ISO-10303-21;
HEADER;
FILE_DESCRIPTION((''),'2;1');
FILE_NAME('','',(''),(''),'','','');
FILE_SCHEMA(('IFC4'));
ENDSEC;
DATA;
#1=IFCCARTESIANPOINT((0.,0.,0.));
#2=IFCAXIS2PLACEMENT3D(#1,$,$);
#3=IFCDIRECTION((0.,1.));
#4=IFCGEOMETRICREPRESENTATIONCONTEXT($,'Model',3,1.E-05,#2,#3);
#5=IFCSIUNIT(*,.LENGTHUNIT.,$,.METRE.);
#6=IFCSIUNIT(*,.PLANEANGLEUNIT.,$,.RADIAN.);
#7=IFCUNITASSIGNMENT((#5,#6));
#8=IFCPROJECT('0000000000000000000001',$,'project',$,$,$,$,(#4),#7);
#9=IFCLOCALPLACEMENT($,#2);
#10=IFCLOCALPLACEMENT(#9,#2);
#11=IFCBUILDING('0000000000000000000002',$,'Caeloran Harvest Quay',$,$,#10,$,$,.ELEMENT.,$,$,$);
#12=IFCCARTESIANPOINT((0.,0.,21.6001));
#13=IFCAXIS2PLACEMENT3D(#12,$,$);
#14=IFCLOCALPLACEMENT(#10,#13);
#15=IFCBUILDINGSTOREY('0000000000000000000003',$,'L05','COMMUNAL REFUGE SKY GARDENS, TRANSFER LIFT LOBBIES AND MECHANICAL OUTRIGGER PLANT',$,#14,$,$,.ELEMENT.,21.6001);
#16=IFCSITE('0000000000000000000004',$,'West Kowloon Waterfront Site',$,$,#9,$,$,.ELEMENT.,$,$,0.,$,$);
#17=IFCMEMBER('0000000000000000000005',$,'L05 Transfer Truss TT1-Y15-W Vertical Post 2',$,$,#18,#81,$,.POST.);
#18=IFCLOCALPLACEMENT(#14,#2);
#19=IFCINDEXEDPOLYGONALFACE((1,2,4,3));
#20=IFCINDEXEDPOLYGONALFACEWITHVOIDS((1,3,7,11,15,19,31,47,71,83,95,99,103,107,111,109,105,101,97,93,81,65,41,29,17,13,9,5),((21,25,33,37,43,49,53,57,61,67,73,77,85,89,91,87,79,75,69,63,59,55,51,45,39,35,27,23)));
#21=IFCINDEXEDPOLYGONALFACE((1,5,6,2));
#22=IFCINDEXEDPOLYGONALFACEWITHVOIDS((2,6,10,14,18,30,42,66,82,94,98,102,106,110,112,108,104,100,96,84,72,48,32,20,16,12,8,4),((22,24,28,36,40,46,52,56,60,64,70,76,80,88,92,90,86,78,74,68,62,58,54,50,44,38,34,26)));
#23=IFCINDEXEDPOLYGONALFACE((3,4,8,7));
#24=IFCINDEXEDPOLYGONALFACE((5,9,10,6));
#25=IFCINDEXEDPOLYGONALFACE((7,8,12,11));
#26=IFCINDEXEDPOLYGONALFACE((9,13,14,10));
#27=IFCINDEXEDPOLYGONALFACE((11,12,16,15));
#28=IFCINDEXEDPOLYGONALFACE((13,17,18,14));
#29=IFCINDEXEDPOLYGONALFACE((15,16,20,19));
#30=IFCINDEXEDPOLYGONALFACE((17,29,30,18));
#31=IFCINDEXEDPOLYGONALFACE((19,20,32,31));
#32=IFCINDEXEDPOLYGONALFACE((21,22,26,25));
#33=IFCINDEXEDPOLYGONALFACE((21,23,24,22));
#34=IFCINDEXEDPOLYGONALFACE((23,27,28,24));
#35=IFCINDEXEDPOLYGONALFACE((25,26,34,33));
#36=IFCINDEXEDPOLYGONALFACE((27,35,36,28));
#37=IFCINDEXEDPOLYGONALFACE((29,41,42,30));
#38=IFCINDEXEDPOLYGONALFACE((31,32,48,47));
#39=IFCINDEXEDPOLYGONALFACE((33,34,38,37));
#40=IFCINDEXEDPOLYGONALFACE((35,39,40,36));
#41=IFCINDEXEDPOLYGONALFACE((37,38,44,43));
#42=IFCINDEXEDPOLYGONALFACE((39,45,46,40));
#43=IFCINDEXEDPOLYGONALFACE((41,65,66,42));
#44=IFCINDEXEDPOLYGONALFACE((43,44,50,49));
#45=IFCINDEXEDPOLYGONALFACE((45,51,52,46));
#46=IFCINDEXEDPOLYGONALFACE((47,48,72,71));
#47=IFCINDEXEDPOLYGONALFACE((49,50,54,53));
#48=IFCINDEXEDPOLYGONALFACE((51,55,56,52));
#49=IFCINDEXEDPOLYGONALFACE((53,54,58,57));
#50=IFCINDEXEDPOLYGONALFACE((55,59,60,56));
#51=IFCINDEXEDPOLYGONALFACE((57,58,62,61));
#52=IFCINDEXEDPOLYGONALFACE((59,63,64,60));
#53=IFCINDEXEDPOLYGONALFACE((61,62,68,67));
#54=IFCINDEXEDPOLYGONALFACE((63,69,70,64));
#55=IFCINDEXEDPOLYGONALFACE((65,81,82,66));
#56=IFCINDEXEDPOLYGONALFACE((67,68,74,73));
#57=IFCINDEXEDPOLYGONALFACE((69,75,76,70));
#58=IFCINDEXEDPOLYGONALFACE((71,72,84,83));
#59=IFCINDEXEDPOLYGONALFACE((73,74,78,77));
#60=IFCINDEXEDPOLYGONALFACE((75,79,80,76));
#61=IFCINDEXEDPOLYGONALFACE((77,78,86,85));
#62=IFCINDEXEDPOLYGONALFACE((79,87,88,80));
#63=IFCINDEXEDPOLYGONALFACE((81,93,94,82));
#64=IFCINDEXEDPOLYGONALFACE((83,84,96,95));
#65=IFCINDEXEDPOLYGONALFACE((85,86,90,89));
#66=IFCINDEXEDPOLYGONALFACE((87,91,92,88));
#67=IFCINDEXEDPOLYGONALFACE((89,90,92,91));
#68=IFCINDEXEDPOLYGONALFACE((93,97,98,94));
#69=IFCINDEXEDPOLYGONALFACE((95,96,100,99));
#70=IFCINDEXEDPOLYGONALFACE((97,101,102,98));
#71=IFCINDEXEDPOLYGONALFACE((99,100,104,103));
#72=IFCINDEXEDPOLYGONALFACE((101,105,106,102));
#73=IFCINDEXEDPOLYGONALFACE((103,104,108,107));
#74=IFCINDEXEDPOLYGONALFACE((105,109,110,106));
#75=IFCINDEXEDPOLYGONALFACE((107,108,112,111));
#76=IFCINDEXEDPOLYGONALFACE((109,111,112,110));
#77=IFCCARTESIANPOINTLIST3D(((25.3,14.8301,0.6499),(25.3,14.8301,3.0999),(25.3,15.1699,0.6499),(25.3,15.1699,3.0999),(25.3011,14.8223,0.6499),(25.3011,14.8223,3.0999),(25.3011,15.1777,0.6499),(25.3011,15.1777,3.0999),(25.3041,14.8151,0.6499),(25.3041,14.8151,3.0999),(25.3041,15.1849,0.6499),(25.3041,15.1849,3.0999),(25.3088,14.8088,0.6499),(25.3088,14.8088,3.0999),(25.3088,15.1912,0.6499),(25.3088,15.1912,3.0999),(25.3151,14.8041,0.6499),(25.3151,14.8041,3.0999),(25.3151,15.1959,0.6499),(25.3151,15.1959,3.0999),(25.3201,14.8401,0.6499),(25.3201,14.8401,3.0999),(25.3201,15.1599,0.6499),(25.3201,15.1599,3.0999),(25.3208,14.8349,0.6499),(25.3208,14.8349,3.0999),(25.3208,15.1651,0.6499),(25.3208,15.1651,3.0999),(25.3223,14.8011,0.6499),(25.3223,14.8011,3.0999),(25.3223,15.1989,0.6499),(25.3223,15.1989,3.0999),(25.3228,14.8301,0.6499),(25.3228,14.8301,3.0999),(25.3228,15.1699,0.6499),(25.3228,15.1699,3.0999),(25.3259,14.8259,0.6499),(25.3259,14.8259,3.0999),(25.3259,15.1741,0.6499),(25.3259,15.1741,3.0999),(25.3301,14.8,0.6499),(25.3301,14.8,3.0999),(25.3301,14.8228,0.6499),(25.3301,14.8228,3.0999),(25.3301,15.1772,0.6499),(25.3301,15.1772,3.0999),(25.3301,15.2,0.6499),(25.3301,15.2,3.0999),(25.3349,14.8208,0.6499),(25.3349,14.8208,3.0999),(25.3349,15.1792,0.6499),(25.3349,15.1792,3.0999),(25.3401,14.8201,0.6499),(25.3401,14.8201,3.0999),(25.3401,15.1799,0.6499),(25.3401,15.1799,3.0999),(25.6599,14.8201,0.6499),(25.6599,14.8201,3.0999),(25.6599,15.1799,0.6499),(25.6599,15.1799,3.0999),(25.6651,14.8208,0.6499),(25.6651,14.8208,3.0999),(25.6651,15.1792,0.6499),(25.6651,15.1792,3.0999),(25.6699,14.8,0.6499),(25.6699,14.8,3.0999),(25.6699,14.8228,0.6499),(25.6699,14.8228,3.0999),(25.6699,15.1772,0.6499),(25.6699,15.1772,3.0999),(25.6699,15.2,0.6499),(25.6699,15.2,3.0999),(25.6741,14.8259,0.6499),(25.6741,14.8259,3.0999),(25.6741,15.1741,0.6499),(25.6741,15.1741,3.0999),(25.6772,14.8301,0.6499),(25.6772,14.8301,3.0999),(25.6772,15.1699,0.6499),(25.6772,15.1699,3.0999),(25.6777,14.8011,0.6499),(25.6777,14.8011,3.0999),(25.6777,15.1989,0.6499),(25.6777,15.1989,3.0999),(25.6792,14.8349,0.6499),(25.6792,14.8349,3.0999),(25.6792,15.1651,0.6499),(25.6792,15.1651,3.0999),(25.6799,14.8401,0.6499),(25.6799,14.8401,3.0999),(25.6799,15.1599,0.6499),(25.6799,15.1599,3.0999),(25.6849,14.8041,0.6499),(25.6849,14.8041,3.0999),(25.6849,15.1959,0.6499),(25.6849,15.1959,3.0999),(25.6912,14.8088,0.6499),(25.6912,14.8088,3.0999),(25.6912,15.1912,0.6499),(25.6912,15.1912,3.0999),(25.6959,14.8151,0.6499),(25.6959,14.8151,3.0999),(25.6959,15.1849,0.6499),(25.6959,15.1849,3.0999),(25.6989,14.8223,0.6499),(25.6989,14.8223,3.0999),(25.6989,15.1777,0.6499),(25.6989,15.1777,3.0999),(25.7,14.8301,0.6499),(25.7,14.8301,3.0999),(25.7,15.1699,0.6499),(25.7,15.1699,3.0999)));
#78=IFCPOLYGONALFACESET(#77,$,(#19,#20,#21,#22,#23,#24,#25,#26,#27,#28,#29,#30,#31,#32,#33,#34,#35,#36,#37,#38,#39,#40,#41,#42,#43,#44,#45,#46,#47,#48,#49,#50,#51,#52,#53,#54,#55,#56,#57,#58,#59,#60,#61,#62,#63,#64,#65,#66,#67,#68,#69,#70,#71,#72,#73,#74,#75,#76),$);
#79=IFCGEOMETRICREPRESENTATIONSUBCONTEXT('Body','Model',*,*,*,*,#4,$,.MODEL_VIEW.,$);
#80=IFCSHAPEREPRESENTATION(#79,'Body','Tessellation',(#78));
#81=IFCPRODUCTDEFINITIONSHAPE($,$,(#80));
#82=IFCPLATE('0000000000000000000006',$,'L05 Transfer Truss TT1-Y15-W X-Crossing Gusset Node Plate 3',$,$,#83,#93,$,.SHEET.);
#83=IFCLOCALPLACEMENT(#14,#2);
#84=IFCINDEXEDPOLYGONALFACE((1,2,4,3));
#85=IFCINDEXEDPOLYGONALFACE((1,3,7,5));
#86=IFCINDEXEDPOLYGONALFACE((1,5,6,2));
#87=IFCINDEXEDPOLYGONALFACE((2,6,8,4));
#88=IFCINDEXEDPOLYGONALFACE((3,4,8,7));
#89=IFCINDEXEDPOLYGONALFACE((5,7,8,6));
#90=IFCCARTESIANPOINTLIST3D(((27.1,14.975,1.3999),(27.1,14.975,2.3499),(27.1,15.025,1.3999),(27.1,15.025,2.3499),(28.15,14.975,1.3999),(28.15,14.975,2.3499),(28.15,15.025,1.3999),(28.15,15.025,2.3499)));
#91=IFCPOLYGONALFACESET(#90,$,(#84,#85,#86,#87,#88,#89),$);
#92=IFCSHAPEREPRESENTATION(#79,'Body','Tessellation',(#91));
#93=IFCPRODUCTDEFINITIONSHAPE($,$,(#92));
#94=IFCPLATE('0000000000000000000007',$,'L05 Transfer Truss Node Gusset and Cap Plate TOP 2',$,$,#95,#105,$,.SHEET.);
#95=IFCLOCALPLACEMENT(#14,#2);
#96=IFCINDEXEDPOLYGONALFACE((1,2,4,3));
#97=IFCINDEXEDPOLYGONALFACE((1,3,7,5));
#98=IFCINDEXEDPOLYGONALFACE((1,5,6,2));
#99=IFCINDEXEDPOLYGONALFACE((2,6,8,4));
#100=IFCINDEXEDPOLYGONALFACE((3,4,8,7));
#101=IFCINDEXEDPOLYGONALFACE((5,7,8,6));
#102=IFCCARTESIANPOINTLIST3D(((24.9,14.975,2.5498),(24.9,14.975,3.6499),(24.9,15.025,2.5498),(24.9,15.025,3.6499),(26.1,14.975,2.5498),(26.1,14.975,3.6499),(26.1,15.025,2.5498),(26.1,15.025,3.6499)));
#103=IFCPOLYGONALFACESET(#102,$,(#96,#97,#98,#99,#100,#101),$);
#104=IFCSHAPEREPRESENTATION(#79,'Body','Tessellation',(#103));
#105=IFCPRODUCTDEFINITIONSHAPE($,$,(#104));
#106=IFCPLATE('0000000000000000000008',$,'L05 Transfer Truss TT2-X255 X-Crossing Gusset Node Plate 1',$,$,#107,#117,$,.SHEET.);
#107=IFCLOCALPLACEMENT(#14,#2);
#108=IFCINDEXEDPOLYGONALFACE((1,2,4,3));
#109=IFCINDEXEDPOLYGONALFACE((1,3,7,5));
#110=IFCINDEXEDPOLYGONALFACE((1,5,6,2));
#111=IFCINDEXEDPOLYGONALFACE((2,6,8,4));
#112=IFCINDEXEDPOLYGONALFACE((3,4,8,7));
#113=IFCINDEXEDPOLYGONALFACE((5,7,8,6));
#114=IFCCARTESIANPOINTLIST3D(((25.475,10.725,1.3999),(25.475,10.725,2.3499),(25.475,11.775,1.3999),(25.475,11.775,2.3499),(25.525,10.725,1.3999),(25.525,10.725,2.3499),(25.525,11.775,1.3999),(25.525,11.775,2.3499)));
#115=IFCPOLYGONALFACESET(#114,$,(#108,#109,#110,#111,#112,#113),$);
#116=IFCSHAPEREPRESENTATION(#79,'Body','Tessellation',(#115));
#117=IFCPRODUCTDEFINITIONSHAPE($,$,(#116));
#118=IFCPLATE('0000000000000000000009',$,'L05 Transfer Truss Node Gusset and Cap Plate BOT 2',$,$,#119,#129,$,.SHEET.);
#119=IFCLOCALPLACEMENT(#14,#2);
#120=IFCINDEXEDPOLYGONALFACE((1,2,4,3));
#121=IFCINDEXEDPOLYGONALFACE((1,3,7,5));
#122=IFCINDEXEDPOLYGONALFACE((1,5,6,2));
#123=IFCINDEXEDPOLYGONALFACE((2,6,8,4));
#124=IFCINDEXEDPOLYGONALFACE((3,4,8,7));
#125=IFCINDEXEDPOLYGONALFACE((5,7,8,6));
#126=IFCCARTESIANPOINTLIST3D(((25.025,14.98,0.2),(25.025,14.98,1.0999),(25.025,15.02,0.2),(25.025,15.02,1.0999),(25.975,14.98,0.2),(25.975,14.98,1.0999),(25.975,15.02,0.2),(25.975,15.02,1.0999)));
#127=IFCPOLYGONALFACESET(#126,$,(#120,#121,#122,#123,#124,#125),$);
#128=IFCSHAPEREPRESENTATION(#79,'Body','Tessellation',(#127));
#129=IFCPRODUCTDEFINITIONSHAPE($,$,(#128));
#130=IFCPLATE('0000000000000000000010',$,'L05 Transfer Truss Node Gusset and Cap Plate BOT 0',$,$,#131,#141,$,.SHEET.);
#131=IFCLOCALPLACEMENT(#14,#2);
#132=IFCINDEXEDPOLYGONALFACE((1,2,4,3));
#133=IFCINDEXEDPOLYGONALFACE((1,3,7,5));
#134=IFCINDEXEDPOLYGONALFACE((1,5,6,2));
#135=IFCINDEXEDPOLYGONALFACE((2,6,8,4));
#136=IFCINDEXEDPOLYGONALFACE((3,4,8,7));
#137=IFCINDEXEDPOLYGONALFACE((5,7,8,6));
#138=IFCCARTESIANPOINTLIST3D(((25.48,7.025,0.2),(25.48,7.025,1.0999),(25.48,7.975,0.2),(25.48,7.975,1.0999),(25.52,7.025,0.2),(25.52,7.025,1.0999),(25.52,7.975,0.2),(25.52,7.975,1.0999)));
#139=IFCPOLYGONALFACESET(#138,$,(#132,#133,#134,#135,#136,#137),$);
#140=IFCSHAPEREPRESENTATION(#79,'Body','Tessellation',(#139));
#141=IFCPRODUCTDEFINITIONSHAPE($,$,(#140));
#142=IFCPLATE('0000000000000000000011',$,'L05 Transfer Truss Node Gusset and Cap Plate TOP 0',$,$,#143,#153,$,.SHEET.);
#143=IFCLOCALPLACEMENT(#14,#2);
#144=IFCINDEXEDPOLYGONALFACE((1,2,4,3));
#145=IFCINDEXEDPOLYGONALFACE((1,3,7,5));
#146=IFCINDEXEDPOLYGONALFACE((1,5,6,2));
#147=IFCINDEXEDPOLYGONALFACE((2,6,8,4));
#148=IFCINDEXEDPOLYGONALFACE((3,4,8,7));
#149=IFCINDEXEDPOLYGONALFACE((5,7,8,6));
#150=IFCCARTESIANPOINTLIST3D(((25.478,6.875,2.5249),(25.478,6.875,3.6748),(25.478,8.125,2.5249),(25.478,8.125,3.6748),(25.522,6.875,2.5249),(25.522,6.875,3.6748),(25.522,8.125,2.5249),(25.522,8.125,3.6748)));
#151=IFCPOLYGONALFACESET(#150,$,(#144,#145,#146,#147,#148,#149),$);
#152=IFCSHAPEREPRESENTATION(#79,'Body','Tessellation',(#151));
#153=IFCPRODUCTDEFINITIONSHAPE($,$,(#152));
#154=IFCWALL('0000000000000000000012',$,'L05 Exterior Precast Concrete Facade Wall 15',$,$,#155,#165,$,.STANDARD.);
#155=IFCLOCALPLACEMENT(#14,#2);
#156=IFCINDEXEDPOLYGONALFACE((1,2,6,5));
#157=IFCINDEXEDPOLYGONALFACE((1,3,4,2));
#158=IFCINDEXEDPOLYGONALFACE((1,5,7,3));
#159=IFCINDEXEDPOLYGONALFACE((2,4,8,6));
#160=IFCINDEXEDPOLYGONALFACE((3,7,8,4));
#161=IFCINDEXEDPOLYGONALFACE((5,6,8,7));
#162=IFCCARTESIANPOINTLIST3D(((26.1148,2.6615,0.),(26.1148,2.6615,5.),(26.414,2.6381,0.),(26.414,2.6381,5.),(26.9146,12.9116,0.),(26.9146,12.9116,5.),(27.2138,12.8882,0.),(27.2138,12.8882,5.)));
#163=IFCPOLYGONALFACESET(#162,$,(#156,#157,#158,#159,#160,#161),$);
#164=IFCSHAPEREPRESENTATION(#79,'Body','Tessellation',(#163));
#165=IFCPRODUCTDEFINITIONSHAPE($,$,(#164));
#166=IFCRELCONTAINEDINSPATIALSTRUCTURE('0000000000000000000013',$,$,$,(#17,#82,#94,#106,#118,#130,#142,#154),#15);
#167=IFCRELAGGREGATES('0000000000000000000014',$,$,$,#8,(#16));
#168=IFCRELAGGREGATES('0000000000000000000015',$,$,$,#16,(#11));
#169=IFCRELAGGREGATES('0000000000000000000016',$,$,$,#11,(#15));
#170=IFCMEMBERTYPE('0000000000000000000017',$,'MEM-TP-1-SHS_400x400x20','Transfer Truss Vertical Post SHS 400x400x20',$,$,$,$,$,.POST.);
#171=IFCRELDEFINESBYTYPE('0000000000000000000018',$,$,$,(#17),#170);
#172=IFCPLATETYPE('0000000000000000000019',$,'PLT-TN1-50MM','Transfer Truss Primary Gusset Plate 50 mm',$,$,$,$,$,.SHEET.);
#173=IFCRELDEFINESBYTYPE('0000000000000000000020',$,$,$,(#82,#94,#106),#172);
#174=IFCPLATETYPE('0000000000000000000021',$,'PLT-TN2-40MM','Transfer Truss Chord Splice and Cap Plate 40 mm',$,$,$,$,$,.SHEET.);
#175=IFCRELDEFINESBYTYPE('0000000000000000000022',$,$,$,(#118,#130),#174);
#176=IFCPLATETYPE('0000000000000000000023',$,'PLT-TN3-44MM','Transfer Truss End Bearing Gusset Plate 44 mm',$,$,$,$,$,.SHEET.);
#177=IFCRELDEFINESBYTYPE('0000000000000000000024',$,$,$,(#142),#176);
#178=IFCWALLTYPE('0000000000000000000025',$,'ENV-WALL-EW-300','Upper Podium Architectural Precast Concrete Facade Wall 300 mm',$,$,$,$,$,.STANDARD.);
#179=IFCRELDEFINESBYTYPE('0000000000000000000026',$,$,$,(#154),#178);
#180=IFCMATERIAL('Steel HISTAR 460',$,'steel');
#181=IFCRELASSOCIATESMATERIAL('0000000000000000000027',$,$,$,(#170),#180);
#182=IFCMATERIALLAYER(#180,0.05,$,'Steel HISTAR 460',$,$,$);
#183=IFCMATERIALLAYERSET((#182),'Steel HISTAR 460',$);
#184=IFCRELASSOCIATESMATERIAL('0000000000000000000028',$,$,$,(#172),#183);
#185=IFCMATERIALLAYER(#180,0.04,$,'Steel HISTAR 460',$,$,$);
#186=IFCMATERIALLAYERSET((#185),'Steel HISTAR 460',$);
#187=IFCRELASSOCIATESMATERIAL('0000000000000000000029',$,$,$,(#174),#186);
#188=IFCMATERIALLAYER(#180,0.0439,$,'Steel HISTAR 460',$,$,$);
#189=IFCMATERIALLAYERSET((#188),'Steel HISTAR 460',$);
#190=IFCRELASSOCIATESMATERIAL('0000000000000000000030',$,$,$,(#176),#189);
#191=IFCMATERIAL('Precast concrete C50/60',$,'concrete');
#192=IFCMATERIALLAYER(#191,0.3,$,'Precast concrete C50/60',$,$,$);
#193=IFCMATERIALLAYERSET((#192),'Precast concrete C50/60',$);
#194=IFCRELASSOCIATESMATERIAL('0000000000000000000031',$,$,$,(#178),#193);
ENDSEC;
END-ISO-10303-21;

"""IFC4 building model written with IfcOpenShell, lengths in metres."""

from ifc_helpers import new_model, si_unit, direction, frame, frame_2d, origin, origin_2d, place, context, subcontext, project, spatial, rectangle, hollow_rectangle, extrude, material, layer, layer_set, material_profile, profile_set, type_object, element, save


model = new_model("IFC4")

# Units and contexts
model_context = context("Model", 3, precision=1e-05, world=origin(), true_north=direction((0.0, 1.0)))
body_context = subcontext(model_context, "Body", "Model", "MODEL_VIEW")
ifc_project = project(units=[si_unit("LENGTHUNIT", "METRE"), si_unit("PLANEANGLEUNIT", "RADIAN")], contexts=[model_context])

# Site, building, storey
site_placement = place(None, origin())
site = spatial("IfcSite", under=ifc_project, at=site_placement, Name="West Kowloon Waterfront Site", CompositionType="ELEMENT", RefElevation=0.0)
building_placement = place(site_placement, origin())
building = spatial("IfcBuilding", under=site, at=building_placement, Name="Caeloran Harvest Quay", CompositionType="ELEMENT")
storey_placement = place(building_placement, frame((0.0, 0.0, 21.6001)))
storey = spatial("IfcBuildingStorey", under=building, at=storey_placement, Name="L05", Description="COMMUNAL REFUGE SKY GARDENS, TRANSFER LIFT LOBBIES AND MECHANICAL OUTRIGGER PLANT", CompositionType="ELEMENT", Elevation=21.6001)

# Shared definitions
ifc_material_1 = material(Name="Steel HISTAR 460", Category="steel")

# Member
ifc_material_profile_1 = material_profile(ifc_material_1, hollow_rectangle(XDim=0.3999, YDim=0.3999, WallThickness=0.02, InnerFilletRadius=0.02, OuterFilletRadius=0.03, at=origin_2d()), Name="SHS 400x400x20")
ifc_profile_set_1 = profile_set([ifc_material_profile_1], Name="Steel HISTAR 460")
member_type_1 = type_object("IfcMemberType", Name="MEM-TP-1-SHS_400x400x20", Description="Transfer Truss Vertical Post SHS 400x400x20", PredefinedType="POST", material=ifc_profile_set_1)
member_1_placement = place(storey_placement, frame((25.5, 15.0, 0.6499), z_axis=(0.0, 0.0, 1.0), x_axis=(1.0, 0.0, 0.0)))
element("IfcMember", 1, at=member_1_placement, inside=storey, type_object=member_type_1, Name="L05 Transfer Truss TT1-Y15-W Vertical Post 2", PredefinedType="POST", context=body_context, shape_type="SweptSolid", body=[
    extrude(hollow_rectangle(XDim=0.3999, YDim=0.3999, WallThickness=0.02, InnerFilletRadius=0.02, OuterFilletRadius=0.03, at=origin_2d()), origin(), (0.0, 0.0, 1.0), 2.45),
])

# Plates
ifc_layer_1 = layer(ifc_material_1, 0.05, Name="Steel HISTAR 460")
ifc_layer_set_1 = layer_set([ifc_layer_1], Name="Steel HISTAR 460")
plate_type_1 = type_object("IfcPlateType", Name="PLT-TN1-50MM", Description="Transfer Truss Primary Gusset Plate 50 mm", PredefinedType="SHEET", material=ifc_layer_set_1)
plate_1_placement = place(storey_placement, frame((27.625, 15.0, 1.3999), z_axis=(0.0, 0.0, 1.0), x_axis=(1.0, 0.0, 0.0)))
element("IfcPlate", 2, at=plate_1_placement, inside=storey, type_object=plate_type_1, Name="L05 Transfer Truss TT1-Y15-W X-Crossing Gusset Node Plate 3", PredefinedType="SHEET", context=body_context, shape_type="SweptSolid", body=[
    extrude(rectangle(XDim=1.05, YDim=0.05, at=origin_2d()), origin(), (0.0, 0.0, 1.0), 0.95),
])
plate_2_placement = place(storey_placement, frame((25.5, 15.0, 2.5498), z_axis=(0.0, 0.0, 1.0), x_axis=(1.0, 0.0, 0.0)))
element("IfcPlate", 3, at=plate_2_placement, inside=storey, type_object=plate_type_1, Name="L05 Transfer Truss Node Gusset and Cap Plate TOP 2", PredefinedType="SHEET", context=body_context, shape_type="SweptSolid", body=[
    extrude(rectangle(XDim=1.2, YDim=0.05, at=origin_2d()), origin(), (0.0, 0.0, 1.0), 1.1001),
])
plate_3_placement = place(storey_placement, frame((25.5, 11.25, 1.3999), z_axis=(0.0, 0.0, 1.0), x_axis=(0.0, 1.0, 0.0)))
element("IfcPlate", 4, at=plate_3_placement, inside=storey, type_object=plate_type_1, Name="L05 Transfer Truss TT2-X255 X-Crossing Gusset Node Plate 1", PredefinedType="SHEET", context=body_context, shape_type="SweptSolid", body=[
    extrude(rectangle(XDim=1.05, YDim=0.05, at=origin_2d()), origin(), (0.0, 0.0, 1.0), 0.95),
])
ifc_layer_2 = layer(ifc_material_1, 0.04, Name="Steel HISTAR 460")
ifc_layer_set_2 = layer_set([ifc_layer_2], Name="Steel HISTAR 460")
plate_type_2 = type_object("IfcPlateType", Name="PLT-TN2-40MM", Description="Transfer Truss Chord Splice and Cap Plate 40 mm", PredefinedType="SHEET", material=ifc_layer_set_2)
for number, where, z_axis, x_axis, name in (
    (5, (25.5, 15.0, 0.2), (0.0, 0.0, 1.0), (1.0, 0.0, 0.0), "L05 Transfer Truss Node Gusset and Cap Plate BOT 2"),
    (6, (25.5, 7.5, 0.2), (0.0, 0.0, 1.0), (0.0, 1.0, 0.0), "L05 Transfer Truss Node Gusset and Cap Plate BOT 0"),
):
    element("IfcPlate", number, at=place(storey_placement, frame(where, z_axis=z_axis, x_axis=x_axis)), inside=storey, type_object=plate_type_2, Name=name, PredefinedType="SHEET", context=body_context, shape_type="SweptSolid", body=[
        extrude(rectangle(XDim=0.95, YDim=0.04, at=origin_2d()), origin(), (0.0, 0.0, 1.0), 0.8999),
    ])
ifc_layer_3 = layer(ifc_material_1, 0.0439, Name="Steel HISTAR 460")
ifc_layer_set_3 = layer_set([ifc_layer_3], Name="Steel HISTAR 460")
plate_type_3 = type_object("IfcPlateType", Name="PLT-TN3-44MM", Description="Transfer Truss End Bearing Gusset Plate 44 mm", PredefinedType="SHEET", material=ifc_layer_set_3)
plate_4_placement = place(storey_placement, frame((25.5, 7.5, 2.5249), z_axis=(0.0, 0.0, 1.0), x_axis=(0.0, 1.0, 0.0)))
element("IfcPlate", 7, at=plate_4_placement, inside=storey, type_object=plate_type_3, Name="L05 Transfer Truss Node Gusset and Cap Plate TOP 0", PredefinedType="SHEET", context=body_context, shape_type="SweptSolid", body=[
    extrude(rectangle(XDim=1.25, YDim=0.0439, at=origin_2d()), origin(), (0.0, 0.0, 1.0), 1.1499),
])

# Wall
ifc_material_2 = material(Name="Precast concrete C50/60", Category="concrete")
ifc_layer_4 = layer(ifc_material_2, 0.3, Name="Precast concrete C50/60")
ifc_layer_set_4 = layer_set([ifc_layer_4], Name="Precast concrete C50/60")
wall_type = type_object("IfcWallType", Name="ENV-WALL-EW-300", Description="Upper Podium Architectural Precast Concrete Facade Wall 300 mm", PredefinedType="STANDARD", material=ifc_layer_set_4)
wall_placement = place(storey_placement, frame((27.0642, 12.8999, 0.0), z_axis=(0.0, 0.0, 1.0), x_axis=(-0.077793, -0.99697, 0.0)))
element("IfcWall", 8, at=wall_placement, inside=storey, type_object=wall_type, Name="L05 Exterior Precast Concrete Facade Wall 15", PredefinedType="STANDARD", context=body_context, shape_type="SweptSolid", body=[
    extrude(rectangle(XDim=10.2812, YDim=0.3, at=frame_2d((5.1406, 0.0))), origin(), (0.0, 0.0, 1.0), 5.0),
])

save(model, "model.ifc")
